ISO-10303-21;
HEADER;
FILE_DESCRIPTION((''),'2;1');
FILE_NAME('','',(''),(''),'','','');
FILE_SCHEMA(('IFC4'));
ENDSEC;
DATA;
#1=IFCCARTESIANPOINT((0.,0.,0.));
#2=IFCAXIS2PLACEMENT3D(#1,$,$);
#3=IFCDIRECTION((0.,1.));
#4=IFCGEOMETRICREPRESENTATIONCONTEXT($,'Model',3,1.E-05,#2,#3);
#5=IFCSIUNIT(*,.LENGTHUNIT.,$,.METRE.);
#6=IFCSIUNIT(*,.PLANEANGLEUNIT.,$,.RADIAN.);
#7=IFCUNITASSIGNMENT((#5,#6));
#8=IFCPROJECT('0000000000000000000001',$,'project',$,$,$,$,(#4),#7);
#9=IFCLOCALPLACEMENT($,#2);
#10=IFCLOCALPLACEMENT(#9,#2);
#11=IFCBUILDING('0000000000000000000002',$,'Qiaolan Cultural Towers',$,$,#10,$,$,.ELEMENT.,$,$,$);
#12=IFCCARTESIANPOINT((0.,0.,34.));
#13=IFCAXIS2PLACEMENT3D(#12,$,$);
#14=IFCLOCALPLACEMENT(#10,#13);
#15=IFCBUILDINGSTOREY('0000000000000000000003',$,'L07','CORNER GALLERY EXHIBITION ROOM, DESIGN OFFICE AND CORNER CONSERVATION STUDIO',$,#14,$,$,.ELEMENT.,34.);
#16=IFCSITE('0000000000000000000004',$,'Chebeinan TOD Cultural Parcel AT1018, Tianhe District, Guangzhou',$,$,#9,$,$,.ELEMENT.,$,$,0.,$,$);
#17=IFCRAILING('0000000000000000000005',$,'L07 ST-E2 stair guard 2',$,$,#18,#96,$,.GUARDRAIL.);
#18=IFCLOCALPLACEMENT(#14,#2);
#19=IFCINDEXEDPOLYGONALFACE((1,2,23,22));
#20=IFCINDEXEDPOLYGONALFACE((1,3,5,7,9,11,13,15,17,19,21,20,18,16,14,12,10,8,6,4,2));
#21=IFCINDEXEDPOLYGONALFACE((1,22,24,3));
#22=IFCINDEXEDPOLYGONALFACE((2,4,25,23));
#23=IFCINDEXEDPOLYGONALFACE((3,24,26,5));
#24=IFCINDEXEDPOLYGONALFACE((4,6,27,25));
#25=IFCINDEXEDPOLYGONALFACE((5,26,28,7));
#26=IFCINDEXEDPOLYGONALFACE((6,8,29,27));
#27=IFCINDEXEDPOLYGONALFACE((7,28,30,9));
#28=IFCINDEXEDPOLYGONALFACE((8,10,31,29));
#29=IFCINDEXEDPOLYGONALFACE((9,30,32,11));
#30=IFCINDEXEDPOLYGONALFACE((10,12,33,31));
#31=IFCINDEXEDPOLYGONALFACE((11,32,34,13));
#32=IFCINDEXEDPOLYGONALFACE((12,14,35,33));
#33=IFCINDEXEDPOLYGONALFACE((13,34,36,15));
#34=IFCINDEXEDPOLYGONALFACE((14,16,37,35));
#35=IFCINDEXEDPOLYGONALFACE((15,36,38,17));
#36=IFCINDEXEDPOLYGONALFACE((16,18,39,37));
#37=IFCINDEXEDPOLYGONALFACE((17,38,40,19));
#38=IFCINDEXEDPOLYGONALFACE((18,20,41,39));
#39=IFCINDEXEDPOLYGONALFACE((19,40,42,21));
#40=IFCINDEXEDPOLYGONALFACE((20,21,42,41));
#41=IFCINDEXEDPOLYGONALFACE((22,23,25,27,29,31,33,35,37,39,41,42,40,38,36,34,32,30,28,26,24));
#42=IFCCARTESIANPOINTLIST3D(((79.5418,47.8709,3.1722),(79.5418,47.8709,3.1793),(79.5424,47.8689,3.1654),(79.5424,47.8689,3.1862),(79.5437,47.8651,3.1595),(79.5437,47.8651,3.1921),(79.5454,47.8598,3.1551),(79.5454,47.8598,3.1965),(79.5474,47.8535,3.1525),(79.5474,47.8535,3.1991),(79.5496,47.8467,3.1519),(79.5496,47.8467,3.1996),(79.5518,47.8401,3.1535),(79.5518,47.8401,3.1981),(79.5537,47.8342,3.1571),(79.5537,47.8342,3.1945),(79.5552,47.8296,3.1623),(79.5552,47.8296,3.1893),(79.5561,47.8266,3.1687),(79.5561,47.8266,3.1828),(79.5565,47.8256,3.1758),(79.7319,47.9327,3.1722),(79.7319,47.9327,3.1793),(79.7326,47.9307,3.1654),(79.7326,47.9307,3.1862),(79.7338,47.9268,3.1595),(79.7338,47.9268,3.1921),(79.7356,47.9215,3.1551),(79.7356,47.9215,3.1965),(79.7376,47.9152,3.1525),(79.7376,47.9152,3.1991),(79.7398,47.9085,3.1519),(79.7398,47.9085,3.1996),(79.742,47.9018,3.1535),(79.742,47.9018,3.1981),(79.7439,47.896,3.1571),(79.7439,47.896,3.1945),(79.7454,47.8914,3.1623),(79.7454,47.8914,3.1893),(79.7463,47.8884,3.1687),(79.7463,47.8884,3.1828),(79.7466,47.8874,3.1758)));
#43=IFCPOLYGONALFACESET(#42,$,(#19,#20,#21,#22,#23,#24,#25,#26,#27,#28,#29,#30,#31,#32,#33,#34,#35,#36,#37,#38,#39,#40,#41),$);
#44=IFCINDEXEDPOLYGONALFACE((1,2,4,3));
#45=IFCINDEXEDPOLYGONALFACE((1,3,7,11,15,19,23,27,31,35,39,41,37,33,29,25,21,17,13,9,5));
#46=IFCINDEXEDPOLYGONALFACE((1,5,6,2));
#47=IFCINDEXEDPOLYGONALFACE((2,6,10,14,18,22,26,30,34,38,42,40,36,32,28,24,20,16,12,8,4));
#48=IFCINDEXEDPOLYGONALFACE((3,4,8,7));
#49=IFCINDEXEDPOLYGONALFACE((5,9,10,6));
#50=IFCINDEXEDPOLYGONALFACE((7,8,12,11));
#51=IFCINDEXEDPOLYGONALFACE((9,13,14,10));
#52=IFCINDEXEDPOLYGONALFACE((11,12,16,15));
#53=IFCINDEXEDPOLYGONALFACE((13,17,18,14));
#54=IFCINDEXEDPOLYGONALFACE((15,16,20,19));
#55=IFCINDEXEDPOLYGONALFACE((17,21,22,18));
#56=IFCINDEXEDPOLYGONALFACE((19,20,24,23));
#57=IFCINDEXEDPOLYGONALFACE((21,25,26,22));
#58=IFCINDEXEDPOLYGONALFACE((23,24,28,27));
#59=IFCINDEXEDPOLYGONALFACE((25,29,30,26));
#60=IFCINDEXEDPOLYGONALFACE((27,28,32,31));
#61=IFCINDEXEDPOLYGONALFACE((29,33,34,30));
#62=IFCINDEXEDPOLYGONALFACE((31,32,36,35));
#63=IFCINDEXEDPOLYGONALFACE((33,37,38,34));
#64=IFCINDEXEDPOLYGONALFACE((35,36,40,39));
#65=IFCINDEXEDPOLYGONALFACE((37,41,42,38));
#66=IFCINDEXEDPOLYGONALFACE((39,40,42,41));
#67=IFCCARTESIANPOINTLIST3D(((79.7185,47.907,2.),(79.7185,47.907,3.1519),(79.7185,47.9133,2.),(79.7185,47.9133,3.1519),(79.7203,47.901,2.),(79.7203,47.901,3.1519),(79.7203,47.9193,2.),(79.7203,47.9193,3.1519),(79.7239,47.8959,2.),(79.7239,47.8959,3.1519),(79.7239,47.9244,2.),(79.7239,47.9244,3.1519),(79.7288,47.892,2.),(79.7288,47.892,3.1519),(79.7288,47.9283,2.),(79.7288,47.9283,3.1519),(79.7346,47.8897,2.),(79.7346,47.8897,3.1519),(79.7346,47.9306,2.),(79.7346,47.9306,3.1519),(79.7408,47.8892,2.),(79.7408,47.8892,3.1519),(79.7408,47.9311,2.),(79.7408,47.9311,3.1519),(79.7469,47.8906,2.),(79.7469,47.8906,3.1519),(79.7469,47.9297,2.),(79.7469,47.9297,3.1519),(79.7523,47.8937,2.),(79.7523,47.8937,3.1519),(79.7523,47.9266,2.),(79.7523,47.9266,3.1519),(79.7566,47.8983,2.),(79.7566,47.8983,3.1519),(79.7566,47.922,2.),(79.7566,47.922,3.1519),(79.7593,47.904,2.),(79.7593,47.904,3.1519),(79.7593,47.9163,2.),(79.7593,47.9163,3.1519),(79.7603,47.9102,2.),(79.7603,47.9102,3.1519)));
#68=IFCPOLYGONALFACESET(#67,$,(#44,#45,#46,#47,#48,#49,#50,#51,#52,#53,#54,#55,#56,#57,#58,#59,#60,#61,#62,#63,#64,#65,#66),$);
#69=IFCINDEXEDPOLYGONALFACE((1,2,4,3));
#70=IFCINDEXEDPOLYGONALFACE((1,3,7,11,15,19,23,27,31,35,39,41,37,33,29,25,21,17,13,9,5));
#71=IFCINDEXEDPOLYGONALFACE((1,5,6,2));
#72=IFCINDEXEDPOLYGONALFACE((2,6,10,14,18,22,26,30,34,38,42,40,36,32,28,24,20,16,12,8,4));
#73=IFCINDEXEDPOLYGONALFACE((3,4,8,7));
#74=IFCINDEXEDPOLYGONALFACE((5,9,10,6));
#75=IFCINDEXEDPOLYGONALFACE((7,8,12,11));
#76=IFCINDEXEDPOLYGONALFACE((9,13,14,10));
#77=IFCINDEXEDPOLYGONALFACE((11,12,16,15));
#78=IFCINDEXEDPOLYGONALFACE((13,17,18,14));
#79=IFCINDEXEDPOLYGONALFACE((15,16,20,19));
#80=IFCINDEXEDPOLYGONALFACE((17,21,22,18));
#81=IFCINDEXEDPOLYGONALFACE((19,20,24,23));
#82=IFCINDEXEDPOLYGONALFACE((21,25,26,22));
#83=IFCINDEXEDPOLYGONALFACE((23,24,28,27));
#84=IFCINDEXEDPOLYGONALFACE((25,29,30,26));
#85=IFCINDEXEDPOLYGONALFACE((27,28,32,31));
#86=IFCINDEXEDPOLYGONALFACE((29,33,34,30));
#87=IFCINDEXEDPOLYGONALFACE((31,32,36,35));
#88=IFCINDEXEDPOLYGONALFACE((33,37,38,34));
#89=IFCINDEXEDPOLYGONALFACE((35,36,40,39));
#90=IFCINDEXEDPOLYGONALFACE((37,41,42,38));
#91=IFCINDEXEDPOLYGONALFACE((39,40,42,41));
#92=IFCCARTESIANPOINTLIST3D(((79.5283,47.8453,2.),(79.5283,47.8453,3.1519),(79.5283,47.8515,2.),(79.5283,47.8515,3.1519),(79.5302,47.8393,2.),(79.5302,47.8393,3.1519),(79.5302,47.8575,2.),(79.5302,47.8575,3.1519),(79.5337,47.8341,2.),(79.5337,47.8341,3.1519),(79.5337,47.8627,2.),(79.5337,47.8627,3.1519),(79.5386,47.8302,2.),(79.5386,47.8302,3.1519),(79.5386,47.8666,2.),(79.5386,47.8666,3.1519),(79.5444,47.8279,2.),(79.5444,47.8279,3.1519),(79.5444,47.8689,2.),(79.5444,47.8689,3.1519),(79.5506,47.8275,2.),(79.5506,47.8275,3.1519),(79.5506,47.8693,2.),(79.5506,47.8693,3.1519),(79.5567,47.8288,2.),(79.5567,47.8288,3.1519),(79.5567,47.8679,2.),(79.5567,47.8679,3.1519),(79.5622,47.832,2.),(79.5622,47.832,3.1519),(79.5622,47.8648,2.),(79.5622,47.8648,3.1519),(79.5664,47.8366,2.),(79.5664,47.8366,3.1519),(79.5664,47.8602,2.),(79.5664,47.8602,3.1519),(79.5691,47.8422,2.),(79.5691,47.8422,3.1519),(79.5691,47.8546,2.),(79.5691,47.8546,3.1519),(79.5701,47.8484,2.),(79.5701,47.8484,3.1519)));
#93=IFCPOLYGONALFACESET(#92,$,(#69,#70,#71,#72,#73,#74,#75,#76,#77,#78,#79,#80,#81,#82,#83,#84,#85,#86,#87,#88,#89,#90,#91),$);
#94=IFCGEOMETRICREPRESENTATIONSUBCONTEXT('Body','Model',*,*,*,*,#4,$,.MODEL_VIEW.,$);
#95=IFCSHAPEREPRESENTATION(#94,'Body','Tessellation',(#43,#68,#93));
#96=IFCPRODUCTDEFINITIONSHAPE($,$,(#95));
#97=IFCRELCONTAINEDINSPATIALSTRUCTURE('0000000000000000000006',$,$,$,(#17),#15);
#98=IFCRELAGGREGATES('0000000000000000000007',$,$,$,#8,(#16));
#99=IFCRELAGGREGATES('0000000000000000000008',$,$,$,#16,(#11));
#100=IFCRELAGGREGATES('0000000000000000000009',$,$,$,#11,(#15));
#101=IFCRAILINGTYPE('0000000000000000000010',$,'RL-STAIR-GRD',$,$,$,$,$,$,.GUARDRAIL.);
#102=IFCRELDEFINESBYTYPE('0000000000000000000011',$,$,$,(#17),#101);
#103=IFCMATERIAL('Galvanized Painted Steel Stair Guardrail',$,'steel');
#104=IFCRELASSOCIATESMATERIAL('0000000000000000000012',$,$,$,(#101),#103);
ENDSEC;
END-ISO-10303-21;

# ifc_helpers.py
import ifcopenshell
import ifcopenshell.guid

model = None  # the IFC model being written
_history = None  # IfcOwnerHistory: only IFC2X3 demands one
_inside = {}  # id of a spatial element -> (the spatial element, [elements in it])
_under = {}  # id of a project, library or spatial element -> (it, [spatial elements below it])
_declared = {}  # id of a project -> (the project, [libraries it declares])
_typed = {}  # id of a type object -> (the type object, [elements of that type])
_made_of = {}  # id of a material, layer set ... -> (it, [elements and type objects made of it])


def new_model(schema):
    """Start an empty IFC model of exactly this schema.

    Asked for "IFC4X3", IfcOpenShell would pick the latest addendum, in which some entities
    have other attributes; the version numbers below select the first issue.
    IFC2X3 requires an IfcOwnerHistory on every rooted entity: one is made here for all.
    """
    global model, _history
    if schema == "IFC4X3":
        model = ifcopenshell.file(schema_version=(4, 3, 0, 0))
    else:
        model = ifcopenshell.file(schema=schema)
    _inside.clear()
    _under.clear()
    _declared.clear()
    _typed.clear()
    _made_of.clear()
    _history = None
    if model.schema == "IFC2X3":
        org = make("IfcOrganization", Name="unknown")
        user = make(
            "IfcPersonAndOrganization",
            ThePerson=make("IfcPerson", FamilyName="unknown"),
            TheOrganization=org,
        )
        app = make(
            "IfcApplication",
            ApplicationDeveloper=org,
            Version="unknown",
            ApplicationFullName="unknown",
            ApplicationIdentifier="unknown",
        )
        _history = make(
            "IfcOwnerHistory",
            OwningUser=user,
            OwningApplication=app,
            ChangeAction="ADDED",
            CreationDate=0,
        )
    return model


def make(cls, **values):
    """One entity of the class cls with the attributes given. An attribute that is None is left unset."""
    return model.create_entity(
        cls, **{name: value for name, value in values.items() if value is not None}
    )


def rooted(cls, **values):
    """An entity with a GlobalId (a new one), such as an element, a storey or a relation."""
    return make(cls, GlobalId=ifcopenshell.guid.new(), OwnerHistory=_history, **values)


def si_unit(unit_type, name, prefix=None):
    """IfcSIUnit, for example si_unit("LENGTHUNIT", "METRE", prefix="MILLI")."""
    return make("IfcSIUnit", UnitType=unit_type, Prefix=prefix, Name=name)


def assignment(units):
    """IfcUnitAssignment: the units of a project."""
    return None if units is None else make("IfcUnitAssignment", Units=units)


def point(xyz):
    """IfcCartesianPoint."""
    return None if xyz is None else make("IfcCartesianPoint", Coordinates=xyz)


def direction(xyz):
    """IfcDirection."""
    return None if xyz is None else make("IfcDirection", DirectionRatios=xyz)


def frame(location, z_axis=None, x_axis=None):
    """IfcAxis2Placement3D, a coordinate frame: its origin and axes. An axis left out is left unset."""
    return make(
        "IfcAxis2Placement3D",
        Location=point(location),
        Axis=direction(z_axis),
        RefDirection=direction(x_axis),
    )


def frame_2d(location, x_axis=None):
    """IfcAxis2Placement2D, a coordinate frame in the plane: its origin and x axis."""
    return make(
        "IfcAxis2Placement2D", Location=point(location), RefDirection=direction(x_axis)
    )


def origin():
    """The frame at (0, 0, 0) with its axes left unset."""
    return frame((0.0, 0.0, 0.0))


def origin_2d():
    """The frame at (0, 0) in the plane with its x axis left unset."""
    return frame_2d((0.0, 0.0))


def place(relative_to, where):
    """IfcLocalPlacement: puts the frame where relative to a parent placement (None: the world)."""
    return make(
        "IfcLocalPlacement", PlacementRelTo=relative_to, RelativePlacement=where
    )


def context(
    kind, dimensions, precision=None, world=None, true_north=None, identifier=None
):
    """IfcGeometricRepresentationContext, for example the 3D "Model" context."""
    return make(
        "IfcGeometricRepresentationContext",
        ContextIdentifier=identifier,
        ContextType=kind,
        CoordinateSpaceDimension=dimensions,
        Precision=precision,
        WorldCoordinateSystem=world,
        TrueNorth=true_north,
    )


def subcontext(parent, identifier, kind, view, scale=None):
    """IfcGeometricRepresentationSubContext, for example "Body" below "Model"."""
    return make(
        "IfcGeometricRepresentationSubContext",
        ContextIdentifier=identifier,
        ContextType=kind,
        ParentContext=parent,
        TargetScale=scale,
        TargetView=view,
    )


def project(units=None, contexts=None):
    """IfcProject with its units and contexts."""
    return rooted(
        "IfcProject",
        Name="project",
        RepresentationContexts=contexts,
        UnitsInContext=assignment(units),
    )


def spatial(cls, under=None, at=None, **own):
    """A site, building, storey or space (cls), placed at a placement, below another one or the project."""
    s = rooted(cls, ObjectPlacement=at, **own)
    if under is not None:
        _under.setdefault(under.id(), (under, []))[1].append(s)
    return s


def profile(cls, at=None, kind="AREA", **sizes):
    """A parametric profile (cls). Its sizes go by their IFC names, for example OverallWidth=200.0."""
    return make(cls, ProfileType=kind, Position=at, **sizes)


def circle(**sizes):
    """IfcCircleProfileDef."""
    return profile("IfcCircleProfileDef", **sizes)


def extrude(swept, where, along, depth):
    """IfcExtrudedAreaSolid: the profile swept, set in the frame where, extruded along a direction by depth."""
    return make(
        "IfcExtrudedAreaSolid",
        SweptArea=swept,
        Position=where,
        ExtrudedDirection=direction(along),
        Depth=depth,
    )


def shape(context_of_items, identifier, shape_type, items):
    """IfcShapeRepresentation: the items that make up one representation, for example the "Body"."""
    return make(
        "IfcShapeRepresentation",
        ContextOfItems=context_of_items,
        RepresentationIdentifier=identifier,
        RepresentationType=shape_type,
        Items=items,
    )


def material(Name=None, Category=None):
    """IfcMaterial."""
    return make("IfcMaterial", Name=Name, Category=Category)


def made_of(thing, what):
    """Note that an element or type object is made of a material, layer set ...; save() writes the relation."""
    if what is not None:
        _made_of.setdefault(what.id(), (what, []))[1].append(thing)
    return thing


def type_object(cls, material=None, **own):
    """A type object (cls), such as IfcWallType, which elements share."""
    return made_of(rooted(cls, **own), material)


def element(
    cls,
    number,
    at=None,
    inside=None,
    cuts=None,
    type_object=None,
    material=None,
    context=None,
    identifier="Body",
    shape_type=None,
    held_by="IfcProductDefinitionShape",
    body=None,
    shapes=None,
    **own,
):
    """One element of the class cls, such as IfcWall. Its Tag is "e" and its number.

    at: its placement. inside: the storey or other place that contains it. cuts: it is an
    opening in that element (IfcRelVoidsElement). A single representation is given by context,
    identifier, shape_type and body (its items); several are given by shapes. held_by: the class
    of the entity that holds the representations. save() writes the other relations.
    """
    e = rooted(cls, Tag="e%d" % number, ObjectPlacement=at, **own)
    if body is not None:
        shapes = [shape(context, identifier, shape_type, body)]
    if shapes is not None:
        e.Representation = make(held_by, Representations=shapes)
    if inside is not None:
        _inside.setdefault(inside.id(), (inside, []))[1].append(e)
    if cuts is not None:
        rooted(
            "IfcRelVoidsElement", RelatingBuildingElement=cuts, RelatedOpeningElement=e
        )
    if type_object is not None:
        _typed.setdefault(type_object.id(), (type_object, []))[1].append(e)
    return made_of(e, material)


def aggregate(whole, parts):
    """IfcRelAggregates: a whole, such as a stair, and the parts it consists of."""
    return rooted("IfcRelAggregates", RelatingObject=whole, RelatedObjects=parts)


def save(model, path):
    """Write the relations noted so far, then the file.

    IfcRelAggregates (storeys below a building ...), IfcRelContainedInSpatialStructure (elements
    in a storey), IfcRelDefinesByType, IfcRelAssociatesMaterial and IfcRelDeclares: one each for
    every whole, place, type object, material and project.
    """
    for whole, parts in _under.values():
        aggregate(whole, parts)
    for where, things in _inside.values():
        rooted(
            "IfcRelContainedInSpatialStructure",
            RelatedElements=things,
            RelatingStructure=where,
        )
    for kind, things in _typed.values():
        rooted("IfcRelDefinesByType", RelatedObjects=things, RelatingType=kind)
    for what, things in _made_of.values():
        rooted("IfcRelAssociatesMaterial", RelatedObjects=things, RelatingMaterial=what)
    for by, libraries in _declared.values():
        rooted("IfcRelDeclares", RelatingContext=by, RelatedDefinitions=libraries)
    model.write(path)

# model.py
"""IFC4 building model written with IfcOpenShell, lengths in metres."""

from ifc_helpers import new_model, si_unit, direction, frame, origin, origin_2d, place, context, subcontext, project, spatial, circle, extrude, material, type_object, element, save


model = new_model("IFC4")

# Units and contexts
model_context = context("Model", 3, precision=1e-05, world=origin(), true_north=direction((0.0, 1.0)))
body_context = subcontext(model_context, "Body", "Model", "MODEL_VIEW")
ifc_project = project(units=[si_unit("LENGTHUNIT", "METRE"), si_unit("PLANEANGLEUNIT", "RADIAN")], contexts=[model_context])

# Site, building, storey
site_placement = place(None, origin())
site = spatial("IfcSite", under=ifc_project, at=site_placement, Name="Chebeinan TOD Cultural Parcel AT1018, Tianhe District, Guangzhou", CompositionType="ELEMENT", RefElevation=0.0)
building_placement = place(site_placement, origin())
building = spatial("IfcBuilding", under=site, at=building_placement, Name="Qiaolan Cultural Towers", CompositionType="ELEMENT")
storey_placement = place(building_placement, frame((0.0, 0.0, 34.0)))
storey = spatial("IfcBuildingStorey", under=building, at=storey_placement, Name="L07", Description="CORNER GALLERY EXHIBITION ROOM, DESIGN OFFICE AND CORNER CONSERVATION STUDIO", CompositionType="ELEMENT", Elevation=34.0)

# Railing
ifc_material_1 = material(Name="Galvanized Painted Steel Stair Guardrail", Category="steel")
railing_type_1 = type_object("IfcRailingType", Name="RL-STAIR-GRD", PredefinedType="GUARDRAIL", material=ifc_material_1)
railing_1_placement = place(storey_placement, frame((79.7393, 47.9102, 2.0)))
element("IfcRailing", 1, at=railing_1_placement, inside=storey, type_object=railing_type_1, Name="L07 ST-E2 stair guard 2", PredefinedType="GUARDRAIL", context=body_context, shape_type="SweptSolid", body=[
    extrude(circle(Radius=0.0239, at=origin_2d()), frame((0.0, 0.0, 1.1758), z_axis=(-0.951097, -0.308893, 0.0), x_axis=(0.308893, -0.951097, 0.0)), (0.0, 0.0, 1.0), 0.2),
    extrude(circle(Radius=0.021, at=origin_2d()), origin(), (0.0, 0.0, 1.0), 1.1519),
    extrude(circle(Radius=0.021, at=origin_2d()), frame((-0.1902, -0.0618, 0.0)), (0.0, 0.0, 1.0), 1.1519),
])

save(model, "model.ifc")
